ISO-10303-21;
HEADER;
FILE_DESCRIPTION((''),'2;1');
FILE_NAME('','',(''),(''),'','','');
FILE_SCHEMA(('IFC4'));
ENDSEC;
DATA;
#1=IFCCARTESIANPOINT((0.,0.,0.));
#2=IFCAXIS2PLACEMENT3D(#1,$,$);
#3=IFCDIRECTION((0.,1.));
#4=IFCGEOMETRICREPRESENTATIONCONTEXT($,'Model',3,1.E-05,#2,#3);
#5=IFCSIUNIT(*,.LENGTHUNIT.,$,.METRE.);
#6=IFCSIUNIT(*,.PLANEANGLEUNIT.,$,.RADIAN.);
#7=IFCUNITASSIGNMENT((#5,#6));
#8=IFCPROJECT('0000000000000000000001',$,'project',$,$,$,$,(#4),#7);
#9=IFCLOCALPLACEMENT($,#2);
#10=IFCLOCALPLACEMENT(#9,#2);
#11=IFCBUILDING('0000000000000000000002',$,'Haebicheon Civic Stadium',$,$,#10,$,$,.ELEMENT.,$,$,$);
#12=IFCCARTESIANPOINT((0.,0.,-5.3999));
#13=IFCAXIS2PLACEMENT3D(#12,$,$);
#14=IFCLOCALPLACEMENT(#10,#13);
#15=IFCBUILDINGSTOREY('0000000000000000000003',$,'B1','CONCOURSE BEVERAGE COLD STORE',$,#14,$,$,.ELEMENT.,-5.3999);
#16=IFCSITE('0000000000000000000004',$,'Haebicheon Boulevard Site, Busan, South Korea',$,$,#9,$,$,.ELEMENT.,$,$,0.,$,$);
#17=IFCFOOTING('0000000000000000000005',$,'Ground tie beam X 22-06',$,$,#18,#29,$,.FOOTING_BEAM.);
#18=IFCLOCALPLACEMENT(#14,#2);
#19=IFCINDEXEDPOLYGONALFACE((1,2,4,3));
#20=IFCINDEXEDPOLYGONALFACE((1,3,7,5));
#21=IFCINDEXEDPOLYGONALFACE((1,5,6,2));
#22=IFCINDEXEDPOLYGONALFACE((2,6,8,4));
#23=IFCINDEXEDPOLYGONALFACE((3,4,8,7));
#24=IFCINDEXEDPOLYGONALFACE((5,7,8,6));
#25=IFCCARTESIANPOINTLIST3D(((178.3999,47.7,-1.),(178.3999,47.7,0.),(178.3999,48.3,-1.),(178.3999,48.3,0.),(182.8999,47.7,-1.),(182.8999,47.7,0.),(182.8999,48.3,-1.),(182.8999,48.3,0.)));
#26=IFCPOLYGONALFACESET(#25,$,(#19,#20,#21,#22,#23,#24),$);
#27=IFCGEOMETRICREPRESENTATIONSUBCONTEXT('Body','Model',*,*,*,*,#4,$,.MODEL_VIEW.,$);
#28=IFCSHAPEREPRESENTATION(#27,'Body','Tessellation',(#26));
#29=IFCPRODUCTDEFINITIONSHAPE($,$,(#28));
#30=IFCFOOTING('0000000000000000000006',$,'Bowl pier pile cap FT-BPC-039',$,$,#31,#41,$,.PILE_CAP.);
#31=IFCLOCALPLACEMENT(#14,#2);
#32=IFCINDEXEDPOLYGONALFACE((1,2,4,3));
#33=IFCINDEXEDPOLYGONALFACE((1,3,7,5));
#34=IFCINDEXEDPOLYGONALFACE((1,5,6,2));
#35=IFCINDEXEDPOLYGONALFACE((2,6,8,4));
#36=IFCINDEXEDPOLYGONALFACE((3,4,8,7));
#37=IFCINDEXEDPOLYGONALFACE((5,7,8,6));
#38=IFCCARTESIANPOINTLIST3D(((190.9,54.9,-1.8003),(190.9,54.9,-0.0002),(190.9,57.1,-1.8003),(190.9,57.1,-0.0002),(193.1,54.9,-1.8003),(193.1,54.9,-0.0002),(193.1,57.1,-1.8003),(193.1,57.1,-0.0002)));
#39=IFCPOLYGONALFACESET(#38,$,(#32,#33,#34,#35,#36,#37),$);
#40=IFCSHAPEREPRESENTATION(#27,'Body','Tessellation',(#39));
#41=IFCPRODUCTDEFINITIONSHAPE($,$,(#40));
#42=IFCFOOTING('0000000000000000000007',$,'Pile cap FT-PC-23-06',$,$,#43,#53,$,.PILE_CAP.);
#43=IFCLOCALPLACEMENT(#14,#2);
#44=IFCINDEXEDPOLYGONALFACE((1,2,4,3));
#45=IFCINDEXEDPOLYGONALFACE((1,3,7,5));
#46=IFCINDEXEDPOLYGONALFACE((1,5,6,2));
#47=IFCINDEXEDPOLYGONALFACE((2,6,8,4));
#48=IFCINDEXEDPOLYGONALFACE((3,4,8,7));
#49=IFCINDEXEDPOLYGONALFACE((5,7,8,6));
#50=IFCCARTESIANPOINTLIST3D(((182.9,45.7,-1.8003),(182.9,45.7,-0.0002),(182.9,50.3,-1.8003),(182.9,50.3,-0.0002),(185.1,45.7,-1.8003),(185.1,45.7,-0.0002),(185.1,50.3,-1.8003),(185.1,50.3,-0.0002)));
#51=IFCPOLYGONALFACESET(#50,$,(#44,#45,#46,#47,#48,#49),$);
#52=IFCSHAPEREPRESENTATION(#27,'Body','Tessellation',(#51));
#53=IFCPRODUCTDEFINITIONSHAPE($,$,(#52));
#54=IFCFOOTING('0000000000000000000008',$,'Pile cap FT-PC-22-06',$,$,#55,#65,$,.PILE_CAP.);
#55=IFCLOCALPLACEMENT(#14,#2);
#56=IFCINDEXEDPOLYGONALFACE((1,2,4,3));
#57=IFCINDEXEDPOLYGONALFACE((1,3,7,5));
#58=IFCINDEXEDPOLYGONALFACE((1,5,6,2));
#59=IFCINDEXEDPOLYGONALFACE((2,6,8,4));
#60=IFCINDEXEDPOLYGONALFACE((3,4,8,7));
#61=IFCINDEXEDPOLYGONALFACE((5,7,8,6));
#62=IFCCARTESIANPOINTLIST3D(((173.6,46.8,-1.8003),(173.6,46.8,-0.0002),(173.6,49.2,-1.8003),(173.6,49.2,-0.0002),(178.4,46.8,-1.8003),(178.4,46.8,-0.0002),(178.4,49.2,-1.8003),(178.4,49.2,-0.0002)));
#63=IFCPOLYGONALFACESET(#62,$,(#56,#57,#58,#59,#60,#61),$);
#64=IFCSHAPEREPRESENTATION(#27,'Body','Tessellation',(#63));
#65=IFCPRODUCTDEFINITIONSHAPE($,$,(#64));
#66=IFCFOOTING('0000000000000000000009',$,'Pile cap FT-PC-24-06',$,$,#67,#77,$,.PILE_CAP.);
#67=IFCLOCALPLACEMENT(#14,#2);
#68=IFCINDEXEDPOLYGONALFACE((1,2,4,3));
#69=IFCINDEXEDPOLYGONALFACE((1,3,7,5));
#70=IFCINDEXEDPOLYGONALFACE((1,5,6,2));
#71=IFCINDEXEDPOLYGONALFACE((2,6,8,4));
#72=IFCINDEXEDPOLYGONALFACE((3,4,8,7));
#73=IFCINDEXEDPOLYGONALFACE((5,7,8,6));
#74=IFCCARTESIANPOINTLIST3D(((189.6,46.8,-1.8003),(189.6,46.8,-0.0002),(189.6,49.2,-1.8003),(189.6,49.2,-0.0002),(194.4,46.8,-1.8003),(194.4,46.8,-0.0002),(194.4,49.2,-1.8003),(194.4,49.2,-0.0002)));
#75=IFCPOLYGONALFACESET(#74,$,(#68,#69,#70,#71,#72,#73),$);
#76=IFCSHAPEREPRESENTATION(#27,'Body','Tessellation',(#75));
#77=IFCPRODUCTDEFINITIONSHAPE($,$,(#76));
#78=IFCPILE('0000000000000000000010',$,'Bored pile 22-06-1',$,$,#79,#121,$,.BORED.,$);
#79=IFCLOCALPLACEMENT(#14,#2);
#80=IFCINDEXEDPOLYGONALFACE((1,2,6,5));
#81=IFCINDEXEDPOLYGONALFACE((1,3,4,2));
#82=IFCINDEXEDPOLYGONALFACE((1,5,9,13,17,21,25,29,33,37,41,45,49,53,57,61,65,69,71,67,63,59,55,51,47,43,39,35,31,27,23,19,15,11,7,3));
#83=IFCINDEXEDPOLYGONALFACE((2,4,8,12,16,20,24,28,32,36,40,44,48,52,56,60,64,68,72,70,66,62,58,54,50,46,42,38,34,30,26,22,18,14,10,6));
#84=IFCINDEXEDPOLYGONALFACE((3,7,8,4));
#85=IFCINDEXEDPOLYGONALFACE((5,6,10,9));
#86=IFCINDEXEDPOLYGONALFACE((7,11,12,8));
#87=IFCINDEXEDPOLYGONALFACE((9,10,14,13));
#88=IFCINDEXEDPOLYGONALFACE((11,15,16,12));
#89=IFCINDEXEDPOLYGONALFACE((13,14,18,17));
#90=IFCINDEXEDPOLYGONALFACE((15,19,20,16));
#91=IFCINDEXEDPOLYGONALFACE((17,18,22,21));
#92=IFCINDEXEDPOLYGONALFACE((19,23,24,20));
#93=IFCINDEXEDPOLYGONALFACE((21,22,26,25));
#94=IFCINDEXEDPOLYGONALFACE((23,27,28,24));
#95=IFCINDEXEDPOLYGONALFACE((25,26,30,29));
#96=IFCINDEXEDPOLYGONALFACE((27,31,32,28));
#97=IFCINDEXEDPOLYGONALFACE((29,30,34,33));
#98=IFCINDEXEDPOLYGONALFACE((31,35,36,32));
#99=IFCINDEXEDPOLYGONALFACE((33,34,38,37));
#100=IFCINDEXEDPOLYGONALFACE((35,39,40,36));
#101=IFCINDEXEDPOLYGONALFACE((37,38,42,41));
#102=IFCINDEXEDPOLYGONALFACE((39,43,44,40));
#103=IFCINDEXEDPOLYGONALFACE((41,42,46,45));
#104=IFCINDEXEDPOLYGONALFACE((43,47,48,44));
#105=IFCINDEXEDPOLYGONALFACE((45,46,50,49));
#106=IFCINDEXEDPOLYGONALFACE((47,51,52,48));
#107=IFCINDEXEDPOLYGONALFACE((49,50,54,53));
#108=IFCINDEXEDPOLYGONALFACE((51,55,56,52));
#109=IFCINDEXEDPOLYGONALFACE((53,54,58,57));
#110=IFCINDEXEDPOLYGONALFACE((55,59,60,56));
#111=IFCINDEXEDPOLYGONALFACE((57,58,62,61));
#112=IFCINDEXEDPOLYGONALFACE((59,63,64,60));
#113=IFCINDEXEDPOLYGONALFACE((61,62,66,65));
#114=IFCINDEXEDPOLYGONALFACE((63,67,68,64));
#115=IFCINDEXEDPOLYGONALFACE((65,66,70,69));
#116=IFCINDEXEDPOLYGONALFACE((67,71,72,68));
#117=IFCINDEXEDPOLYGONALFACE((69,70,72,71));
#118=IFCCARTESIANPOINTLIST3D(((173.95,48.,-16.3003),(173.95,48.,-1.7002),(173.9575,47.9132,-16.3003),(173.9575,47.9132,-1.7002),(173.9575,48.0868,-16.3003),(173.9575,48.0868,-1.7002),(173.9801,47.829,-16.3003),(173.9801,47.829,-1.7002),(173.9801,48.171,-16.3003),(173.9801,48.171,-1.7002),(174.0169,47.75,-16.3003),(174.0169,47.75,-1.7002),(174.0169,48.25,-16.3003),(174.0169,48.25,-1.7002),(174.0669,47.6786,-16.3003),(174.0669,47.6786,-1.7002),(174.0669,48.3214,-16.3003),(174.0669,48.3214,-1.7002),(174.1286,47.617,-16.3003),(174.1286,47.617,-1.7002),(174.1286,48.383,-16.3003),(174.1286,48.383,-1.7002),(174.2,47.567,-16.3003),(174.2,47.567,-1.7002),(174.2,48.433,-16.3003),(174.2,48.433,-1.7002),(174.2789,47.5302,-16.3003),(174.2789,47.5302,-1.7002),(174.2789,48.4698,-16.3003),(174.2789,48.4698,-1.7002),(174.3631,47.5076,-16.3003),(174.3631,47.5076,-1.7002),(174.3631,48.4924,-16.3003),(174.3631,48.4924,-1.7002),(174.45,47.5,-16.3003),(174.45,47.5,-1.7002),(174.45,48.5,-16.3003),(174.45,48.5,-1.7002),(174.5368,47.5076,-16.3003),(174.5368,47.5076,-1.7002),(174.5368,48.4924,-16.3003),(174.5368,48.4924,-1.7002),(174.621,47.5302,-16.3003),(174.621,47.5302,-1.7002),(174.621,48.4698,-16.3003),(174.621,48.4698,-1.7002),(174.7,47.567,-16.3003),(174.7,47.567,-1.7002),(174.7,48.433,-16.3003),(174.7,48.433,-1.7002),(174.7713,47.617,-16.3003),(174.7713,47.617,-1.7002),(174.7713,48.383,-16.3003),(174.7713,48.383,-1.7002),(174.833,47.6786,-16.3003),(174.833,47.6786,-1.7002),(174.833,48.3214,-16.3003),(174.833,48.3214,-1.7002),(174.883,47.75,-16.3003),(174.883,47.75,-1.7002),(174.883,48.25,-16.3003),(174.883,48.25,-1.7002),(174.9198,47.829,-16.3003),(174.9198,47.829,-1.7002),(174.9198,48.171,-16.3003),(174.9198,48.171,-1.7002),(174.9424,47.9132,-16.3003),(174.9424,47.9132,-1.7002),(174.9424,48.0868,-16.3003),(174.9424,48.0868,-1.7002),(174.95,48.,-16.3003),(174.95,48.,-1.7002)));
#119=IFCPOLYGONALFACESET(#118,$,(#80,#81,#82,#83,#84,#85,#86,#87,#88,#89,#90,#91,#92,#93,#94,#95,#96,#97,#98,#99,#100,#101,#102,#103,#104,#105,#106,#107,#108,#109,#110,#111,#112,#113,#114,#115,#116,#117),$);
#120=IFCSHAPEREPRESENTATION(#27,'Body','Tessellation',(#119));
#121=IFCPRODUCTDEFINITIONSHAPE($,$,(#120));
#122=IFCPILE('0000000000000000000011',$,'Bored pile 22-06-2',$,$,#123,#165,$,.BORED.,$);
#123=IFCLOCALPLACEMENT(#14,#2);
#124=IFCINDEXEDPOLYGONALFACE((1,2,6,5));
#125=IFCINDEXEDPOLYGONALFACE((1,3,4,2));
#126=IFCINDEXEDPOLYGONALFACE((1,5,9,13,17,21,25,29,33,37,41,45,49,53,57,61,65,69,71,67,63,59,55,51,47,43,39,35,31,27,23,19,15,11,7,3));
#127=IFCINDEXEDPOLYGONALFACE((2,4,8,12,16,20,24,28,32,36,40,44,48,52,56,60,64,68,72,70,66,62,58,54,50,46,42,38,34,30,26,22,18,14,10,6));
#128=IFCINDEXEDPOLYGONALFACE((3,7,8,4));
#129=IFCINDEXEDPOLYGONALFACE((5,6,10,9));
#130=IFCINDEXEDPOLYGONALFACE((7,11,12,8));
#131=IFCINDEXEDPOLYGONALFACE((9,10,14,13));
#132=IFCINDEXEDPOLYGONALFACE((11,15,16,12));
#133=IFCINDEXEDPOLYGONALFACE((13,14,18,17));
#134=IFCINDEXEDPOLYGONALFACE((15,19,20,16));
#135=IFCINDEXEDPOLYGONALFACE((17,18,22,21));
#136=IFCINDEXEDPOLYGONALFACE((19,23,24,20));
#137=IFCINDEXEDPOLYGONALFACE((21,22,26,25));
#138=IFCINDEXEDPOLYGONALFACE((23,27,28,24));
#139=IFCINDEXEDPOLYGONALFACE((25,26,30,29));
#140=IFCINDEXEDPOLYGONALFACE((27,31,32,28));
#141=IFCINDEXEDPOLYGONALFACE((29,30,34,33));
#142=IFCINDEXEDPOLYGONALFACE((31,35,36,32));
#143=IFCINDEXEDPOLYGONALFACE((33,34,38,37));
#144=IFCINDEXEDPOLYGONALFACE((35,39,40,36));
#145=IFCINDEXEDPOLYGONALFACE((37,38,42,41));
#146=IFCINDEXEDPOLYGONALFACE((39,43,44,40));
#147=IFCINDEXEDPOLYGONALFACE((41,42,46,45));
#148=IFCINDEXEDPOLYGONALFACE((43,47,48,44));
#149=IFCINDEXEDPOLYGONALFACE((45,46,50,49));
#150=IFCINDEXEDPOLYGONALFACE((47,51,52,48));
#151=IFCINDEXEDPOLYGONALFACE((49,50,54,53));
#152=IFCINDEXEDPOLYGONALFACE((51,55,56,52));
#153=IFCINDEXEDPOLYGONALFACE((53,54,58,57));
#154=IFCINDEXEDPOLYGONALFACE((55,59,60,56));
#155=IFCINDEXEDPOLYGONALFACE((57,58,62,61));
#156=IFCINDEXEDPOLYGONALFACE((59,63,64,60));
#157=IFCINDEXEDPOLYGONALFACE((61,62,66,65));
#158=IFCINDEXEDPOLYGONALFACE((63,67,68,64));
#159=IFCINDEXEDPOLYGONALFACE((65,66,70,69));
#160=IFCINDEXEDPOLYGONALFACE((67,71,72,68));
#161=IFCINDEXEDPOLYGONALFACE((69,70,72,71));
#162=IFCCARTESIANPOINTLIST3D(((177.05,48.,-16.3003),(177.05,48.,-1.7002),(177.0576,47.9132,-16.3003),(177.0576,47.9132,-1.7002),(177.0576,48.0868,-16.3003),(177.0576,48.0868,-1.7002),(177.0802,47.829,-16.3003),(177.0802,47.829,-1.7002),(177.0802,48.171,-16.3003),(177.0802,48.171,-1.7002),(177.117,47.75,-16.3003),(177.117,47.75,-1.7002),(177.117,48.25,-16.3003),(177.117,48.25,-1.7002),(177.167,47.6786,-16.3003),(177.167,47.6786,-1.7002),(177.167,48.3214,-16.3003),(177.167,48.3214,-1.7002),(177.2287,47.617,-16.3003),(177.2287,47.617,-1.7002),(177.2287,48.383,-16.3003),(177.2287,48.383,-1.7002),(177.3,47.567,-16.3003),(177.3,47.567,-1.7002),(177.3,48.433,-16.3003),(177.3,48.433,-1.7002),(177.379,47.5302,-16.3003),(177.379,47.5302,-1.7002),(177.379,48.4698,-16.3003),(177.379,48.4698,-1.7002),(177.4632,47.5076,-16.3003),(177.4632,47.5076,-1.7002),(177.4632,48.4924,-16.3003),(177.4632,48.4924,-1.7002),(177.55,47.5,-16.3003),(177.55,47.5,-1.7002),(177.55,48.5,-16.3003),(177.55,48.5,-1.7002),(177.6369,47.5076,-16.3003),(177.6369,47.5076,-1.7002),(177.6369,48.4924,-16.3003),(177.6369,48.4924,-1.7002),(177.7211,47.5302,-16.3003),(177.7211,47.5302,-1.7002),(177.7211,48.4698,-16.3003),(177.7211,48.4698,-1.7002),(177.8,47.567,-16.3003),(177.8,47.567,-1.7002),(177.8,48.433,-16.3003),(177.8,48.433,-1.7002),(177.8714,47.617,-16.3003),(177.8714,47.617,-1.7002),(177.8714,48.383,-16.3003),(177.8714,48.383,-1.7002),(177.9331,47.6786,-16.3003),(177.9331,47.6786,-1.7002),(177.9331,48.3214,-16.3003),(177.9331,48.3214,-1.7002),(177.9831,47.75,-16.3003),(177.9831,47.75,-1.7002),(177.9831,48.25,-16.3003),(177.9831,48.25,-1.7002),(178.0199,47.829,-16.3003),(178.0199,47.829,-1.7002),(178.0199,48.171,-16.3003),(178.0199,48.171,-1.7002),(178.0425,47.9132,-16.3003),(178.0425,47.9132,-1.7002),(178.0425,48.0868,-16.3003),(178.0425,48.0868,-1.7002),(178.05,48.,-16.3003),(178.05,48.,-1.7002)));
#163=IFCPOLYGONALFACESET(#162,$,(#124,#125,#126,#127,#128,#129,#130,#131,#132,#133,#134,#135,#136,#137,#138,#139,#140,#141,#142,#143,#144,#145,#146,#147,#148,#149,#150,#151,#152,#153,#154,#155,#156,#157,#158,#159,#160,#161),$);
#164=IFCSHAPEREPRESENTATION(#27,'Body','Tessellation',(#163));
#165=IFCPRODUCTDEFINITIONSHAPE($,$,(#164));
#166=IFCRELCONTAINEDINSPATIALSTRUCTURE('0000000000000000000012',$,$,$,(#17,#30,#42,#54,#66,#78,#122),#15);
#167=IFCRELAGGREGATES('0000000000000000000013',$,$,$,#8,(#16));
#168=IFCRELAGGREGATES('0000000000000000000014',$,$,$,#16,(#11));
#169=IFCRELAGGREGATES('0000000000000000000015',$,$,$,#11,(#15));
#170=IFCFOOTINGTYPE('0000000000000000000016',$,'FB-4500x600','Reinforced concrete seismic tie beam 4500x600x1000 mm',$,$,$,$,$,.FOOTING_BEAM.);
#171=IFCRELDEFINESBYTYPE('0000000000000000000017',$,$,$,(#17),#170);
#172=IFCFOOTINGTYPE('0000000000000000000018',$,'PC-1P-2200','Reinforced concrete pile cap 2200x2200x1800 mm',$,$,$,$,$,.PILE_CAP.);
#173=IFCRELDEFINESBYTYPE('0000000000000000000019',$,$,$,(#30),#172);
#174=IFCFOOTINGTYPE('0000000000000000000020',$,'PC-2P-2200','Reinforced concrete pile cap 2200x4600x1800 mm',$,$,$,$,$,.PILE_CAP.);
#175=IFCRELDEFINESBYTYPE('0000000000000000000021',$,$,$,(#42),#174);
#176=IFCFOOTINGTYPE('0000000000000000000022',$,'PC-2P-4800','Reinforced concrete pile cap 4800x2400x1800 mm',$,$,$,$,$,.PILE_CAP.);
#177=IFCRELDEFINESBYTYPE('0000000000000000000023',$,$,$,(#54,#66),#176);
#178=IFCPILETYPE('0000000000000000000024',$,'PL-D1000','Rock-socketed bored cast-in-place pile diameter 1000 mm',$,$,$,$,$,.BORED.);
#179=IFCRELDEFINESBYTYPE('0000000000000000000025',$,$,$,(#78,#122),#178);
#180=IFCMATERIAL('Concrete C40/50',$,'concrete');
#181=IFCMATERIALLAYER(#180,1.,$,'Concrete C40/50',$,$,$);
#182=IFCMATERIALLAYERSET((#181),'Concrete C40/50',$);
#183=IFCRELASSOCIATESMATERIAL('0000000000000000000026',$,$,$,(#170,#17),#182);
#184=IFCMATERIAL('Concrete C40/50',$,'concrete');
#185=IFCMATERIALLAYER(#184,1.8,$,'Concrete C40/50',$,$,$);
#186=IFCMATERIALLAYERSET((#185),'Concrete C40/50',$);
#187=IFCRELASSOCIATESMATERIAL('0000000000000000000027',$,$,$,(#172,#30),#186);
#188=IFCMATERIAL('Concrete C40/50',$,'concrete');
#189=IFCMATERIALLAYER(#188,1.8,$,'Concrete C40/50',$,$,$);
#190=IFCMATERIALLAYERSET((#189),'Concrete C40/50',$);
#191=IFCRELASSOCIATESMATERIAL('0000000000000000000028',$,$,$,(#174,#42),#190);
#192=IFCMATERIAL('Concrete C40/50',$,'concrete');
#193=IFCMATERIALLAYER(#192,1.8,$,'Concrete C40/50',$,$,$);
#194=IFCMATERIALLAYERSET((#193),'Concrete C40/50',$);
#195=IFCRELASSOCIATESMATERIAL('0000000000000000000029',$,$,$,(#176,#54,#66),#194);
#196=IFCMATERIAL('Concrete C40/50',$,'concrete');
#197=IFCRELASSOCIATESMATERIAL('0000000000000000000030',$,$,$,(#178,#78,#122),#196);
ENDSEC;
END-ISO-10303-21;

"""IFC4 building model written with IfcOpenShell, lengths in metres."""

from ifc_helpers import new_model, si_unit, direction, frame, origin, origin_2d, place, context, subcontext, project, spatial, rectangle, circle, extrude, material, layer, layer_set, material_profile, profile_set, type_object, element, save


model = new_model("IFC4")

# Units and contexts
model_context = context("Model", 3, precision=1e-05, world=origin(), true_north=direction((0.0, 1.0)))
body_context = subcontext(model_context, "Body", "Model", "MODEL_VIEW")
ifc_project = project(units=[si_unit("LENGTHUNIT", "METRE"), si_unit("PLANEANGLEUNIT", "RADIAN")], contexts=[model_context])

# Site, building, storey
site_placement = place(None, origin())
site = spatial("IfcSite", under=ifc_project, at=site_placement, Name="Haebicheon Boulevard Site, Busan, South Korea", CompositionType="ELEMENT", RefElevation=0.0)
building_placement = place(site_placement, origin())
building = spatial("IfcBuilding", under=site, at=building_placement, Name="Haebicheon Civic Stadium", CompositionType="ELEMENT")
storey_placement = place(building_placement, frame((0.0, 0.0, -5.3999)))
storey = spatial("IfcBuildingStorey", under=building, at=storey_placement, Name="B1", Description="CONCOURSE BEVERAGE COLD STORE", CompositionType="ELEMENT", Elevation=-5.3999)

# Footings
ifc_material_1 = material(Name="Concrete C40/50", Category="concrete")
ifc_layer_1 = layer(ifc_material_1, 1.0, Name="Concrete C40/50")
ifc_layer_set_1 = layer_set([ifc_layer_1], Name="Concrete C40/50")
footing_type_1 = type_object("IfcFootingType", Name="FB-4500x600", Description="Reinforced concrete seismic tie beam 4500x600x1000 mm", PredefinedType="FOOTING_BEAM", material=ifc_layer_set_1)
footing_1_placement = place(storey_placement, frame((180.6499, 48.0, -1.0), z_axis=(0.0, 0.0, 1.0), x_axis=(1.0, 0.0, 0.0)))
element("IfcFooting", 1, at=footing_1_placement, inside=storey, type_object=footing_type_1, material=ifc_layer_set_1, Name="Ground tie beam X 22-06", PredefinedType="FOOTING_BEAM", context=body_context, shape_type="SweptSolid", body=[
    extrude(rectangle(XDim=4.5, YDim=0.6001, at=origin_2d()), origin(), (0.0, 0.0, 1.0), 1.0),
])
ifc_material_2 = material(Name="Concrete C40/50", Category="concrete")
ifc_layer_2 = layer(ifc_material_2, 1.8, Name="Concrete C40/50")
ifc_layer_set_2 = layer_set([ifc_layer_2], Name="Concrete C40/50")
footing_type_2 = type_object("IfcFootingType", Name="PC-1P-2200", Description="Reinforced concrete pile cap 2200x2200x1800 mm", PredefinedType="PILE_CAP", material=ifc_layer_set_2)
footing_2_placement = place(storey_placement, frame((192.0, 56.0, -1.8003), z_axis=(0.0, 0.0, 1.0), x_axis=(1.0, 0.0, 0.0)))
element("IfcFooting", 2, at=footing_2_placement, inside=storey, type_object=footing_type_2, material=ifc_layer_set_2, Name="Bowl pier pile cap FT-BPC-039", PredefinedType="PILE_CAP", context=body_context, shape_type="SweptSolid", body=[
    extrude(rectangle(XDim=2.2, YDim=2.2, at=origin_2d()), origin(), (0.0, 0.0, 1.0), 1.8),
])
ifc_material_3 = material(Name="Concrete C40/50", Category="concrete")
ifc_layer_3 = layer(ifc_material_3, 1.8, Name="Concrete C40/50")
ifc_layer_set_3 = layer_set([ifc_layer_3], Name="Concrete C40/50")
footing_type_3 = type_object("IfcFootingType", Name="PC-2P-2200", Description="Reinforced concrete pile cap 2200x4600x1800 mm", PredefinedType="PILE_CAP", material=ifc_layer_set_3)
footing_3_placement = place(storey_placement, frame((184.0, 48.0, -1.8003), z_axis=(0.0, 0.0, 1.0), x_axis=(1.0, 0.0, 0.0)))
element("IfcFooting", 3, at=footing_3_placement, inside=storey, type_object=footing_type_3, material=ifc_layer_set_3, Name="Pile cap FT-PC-23-06", PredefinedType="PILE_CAP", context=body_context, shape_type="SweptSolid", body=[
    extrude(rectangle(XDim=2.2, YDim=4.6001, at=origin_2d()), origin(), (0.0, 0.0, 1.0), 1.8),
])
ifc_material_4 = material(Name="Concrete C40/50", Category="concrete")
ifc_layer_4 = layer(ifc_material_4, 1.8, Name="Concrete C40/50")
ifc_layer_set_4 = layer_set([ifc_layer_4], Name="Concrete C40/50")
footing_type_4 = type_object("IfcFootingType", Name="PC-2P-4800", Description="Reinforced concrete pile cap 4800x2400x1800 mm", PredefinedType="PILE_CAP", material=ifc_layer_set_4)
for number, where, z_axis, x_axis, name in (
    (4, (176.0, 48.0, -1.8003), (0.0, 0.0, 1.0), (1.0, 0.0, 0.0), "Pile cap FT-PC-22-06"),
    (5, (192.0, 48.0, -1.8003), (0.0, 0.0, 1.0), (1.0, 0.0, 0.0), "Pile cap FT-PC-24-06"),
):
    element("IfcFooting", number, at=place(storey_placement, frame(where, z_axis=z_axis, x_axis=x_axis)), inside=storey, type_object=footing_type_4, material=ifc_layer_set_4, Name=name, PredefinedType="PILE_CAP", context=body_context, shape_type="SweptSolid", body=[
        extrude(rectangle(XDim=4.8, YDim=2.3999, at=origin_2d()), origin(), (0.0, 0.0, 1.0), 1.8),
    ])

# Piles
ifc_material_5 = material(Name="Concrete C40/50", Category="concrete")
ifc_material_profile_1 = material_profile(ifc_material_5, circle(Radius=0.5, at=origin_2d()), Name="PILE-D1000")
ifc_profile_set_1 = profile_set([ifc_material_profile_1], Name="Concrete C40/50")
pile_type = type_object("IfcPileType", Name="PL-D1000", Description="Rock-socketed bored cast-in-place pile diameter 1000 mm", PredefinedType="BORED", material=ifc_profile_set_1)
for number, where, z_axis, x_axis, name in (
    (6, (174.45, 48.0, -1.7002), (0.0, 0.0, -1.0), (1.0, 0.0, 0.0), "Bored pile 22-06-1"),
    (7, (177.55, 48.0, -1.7002), (0.0, 0.0, -1.0), (1.0, 0.0, 0.0), "Bored pile 22-06-2"),
):
    element("IfcPile", number, at=place(storey_placement, frame(where, z_axis=z_axis, x_axis=x_axis)), inside=storey, type_object=pile_type, material=ifc_profile_set_1, Name=name, PredefinedType="BORED", context=body_context, shape_type="SweptSolid", body=[
        extrude(circle(Radius=0.5, at=origin_2d()), origin(), (0.0, 0.0, 1.0), 14.6001),
    ])

save(model, "model.ifc")
